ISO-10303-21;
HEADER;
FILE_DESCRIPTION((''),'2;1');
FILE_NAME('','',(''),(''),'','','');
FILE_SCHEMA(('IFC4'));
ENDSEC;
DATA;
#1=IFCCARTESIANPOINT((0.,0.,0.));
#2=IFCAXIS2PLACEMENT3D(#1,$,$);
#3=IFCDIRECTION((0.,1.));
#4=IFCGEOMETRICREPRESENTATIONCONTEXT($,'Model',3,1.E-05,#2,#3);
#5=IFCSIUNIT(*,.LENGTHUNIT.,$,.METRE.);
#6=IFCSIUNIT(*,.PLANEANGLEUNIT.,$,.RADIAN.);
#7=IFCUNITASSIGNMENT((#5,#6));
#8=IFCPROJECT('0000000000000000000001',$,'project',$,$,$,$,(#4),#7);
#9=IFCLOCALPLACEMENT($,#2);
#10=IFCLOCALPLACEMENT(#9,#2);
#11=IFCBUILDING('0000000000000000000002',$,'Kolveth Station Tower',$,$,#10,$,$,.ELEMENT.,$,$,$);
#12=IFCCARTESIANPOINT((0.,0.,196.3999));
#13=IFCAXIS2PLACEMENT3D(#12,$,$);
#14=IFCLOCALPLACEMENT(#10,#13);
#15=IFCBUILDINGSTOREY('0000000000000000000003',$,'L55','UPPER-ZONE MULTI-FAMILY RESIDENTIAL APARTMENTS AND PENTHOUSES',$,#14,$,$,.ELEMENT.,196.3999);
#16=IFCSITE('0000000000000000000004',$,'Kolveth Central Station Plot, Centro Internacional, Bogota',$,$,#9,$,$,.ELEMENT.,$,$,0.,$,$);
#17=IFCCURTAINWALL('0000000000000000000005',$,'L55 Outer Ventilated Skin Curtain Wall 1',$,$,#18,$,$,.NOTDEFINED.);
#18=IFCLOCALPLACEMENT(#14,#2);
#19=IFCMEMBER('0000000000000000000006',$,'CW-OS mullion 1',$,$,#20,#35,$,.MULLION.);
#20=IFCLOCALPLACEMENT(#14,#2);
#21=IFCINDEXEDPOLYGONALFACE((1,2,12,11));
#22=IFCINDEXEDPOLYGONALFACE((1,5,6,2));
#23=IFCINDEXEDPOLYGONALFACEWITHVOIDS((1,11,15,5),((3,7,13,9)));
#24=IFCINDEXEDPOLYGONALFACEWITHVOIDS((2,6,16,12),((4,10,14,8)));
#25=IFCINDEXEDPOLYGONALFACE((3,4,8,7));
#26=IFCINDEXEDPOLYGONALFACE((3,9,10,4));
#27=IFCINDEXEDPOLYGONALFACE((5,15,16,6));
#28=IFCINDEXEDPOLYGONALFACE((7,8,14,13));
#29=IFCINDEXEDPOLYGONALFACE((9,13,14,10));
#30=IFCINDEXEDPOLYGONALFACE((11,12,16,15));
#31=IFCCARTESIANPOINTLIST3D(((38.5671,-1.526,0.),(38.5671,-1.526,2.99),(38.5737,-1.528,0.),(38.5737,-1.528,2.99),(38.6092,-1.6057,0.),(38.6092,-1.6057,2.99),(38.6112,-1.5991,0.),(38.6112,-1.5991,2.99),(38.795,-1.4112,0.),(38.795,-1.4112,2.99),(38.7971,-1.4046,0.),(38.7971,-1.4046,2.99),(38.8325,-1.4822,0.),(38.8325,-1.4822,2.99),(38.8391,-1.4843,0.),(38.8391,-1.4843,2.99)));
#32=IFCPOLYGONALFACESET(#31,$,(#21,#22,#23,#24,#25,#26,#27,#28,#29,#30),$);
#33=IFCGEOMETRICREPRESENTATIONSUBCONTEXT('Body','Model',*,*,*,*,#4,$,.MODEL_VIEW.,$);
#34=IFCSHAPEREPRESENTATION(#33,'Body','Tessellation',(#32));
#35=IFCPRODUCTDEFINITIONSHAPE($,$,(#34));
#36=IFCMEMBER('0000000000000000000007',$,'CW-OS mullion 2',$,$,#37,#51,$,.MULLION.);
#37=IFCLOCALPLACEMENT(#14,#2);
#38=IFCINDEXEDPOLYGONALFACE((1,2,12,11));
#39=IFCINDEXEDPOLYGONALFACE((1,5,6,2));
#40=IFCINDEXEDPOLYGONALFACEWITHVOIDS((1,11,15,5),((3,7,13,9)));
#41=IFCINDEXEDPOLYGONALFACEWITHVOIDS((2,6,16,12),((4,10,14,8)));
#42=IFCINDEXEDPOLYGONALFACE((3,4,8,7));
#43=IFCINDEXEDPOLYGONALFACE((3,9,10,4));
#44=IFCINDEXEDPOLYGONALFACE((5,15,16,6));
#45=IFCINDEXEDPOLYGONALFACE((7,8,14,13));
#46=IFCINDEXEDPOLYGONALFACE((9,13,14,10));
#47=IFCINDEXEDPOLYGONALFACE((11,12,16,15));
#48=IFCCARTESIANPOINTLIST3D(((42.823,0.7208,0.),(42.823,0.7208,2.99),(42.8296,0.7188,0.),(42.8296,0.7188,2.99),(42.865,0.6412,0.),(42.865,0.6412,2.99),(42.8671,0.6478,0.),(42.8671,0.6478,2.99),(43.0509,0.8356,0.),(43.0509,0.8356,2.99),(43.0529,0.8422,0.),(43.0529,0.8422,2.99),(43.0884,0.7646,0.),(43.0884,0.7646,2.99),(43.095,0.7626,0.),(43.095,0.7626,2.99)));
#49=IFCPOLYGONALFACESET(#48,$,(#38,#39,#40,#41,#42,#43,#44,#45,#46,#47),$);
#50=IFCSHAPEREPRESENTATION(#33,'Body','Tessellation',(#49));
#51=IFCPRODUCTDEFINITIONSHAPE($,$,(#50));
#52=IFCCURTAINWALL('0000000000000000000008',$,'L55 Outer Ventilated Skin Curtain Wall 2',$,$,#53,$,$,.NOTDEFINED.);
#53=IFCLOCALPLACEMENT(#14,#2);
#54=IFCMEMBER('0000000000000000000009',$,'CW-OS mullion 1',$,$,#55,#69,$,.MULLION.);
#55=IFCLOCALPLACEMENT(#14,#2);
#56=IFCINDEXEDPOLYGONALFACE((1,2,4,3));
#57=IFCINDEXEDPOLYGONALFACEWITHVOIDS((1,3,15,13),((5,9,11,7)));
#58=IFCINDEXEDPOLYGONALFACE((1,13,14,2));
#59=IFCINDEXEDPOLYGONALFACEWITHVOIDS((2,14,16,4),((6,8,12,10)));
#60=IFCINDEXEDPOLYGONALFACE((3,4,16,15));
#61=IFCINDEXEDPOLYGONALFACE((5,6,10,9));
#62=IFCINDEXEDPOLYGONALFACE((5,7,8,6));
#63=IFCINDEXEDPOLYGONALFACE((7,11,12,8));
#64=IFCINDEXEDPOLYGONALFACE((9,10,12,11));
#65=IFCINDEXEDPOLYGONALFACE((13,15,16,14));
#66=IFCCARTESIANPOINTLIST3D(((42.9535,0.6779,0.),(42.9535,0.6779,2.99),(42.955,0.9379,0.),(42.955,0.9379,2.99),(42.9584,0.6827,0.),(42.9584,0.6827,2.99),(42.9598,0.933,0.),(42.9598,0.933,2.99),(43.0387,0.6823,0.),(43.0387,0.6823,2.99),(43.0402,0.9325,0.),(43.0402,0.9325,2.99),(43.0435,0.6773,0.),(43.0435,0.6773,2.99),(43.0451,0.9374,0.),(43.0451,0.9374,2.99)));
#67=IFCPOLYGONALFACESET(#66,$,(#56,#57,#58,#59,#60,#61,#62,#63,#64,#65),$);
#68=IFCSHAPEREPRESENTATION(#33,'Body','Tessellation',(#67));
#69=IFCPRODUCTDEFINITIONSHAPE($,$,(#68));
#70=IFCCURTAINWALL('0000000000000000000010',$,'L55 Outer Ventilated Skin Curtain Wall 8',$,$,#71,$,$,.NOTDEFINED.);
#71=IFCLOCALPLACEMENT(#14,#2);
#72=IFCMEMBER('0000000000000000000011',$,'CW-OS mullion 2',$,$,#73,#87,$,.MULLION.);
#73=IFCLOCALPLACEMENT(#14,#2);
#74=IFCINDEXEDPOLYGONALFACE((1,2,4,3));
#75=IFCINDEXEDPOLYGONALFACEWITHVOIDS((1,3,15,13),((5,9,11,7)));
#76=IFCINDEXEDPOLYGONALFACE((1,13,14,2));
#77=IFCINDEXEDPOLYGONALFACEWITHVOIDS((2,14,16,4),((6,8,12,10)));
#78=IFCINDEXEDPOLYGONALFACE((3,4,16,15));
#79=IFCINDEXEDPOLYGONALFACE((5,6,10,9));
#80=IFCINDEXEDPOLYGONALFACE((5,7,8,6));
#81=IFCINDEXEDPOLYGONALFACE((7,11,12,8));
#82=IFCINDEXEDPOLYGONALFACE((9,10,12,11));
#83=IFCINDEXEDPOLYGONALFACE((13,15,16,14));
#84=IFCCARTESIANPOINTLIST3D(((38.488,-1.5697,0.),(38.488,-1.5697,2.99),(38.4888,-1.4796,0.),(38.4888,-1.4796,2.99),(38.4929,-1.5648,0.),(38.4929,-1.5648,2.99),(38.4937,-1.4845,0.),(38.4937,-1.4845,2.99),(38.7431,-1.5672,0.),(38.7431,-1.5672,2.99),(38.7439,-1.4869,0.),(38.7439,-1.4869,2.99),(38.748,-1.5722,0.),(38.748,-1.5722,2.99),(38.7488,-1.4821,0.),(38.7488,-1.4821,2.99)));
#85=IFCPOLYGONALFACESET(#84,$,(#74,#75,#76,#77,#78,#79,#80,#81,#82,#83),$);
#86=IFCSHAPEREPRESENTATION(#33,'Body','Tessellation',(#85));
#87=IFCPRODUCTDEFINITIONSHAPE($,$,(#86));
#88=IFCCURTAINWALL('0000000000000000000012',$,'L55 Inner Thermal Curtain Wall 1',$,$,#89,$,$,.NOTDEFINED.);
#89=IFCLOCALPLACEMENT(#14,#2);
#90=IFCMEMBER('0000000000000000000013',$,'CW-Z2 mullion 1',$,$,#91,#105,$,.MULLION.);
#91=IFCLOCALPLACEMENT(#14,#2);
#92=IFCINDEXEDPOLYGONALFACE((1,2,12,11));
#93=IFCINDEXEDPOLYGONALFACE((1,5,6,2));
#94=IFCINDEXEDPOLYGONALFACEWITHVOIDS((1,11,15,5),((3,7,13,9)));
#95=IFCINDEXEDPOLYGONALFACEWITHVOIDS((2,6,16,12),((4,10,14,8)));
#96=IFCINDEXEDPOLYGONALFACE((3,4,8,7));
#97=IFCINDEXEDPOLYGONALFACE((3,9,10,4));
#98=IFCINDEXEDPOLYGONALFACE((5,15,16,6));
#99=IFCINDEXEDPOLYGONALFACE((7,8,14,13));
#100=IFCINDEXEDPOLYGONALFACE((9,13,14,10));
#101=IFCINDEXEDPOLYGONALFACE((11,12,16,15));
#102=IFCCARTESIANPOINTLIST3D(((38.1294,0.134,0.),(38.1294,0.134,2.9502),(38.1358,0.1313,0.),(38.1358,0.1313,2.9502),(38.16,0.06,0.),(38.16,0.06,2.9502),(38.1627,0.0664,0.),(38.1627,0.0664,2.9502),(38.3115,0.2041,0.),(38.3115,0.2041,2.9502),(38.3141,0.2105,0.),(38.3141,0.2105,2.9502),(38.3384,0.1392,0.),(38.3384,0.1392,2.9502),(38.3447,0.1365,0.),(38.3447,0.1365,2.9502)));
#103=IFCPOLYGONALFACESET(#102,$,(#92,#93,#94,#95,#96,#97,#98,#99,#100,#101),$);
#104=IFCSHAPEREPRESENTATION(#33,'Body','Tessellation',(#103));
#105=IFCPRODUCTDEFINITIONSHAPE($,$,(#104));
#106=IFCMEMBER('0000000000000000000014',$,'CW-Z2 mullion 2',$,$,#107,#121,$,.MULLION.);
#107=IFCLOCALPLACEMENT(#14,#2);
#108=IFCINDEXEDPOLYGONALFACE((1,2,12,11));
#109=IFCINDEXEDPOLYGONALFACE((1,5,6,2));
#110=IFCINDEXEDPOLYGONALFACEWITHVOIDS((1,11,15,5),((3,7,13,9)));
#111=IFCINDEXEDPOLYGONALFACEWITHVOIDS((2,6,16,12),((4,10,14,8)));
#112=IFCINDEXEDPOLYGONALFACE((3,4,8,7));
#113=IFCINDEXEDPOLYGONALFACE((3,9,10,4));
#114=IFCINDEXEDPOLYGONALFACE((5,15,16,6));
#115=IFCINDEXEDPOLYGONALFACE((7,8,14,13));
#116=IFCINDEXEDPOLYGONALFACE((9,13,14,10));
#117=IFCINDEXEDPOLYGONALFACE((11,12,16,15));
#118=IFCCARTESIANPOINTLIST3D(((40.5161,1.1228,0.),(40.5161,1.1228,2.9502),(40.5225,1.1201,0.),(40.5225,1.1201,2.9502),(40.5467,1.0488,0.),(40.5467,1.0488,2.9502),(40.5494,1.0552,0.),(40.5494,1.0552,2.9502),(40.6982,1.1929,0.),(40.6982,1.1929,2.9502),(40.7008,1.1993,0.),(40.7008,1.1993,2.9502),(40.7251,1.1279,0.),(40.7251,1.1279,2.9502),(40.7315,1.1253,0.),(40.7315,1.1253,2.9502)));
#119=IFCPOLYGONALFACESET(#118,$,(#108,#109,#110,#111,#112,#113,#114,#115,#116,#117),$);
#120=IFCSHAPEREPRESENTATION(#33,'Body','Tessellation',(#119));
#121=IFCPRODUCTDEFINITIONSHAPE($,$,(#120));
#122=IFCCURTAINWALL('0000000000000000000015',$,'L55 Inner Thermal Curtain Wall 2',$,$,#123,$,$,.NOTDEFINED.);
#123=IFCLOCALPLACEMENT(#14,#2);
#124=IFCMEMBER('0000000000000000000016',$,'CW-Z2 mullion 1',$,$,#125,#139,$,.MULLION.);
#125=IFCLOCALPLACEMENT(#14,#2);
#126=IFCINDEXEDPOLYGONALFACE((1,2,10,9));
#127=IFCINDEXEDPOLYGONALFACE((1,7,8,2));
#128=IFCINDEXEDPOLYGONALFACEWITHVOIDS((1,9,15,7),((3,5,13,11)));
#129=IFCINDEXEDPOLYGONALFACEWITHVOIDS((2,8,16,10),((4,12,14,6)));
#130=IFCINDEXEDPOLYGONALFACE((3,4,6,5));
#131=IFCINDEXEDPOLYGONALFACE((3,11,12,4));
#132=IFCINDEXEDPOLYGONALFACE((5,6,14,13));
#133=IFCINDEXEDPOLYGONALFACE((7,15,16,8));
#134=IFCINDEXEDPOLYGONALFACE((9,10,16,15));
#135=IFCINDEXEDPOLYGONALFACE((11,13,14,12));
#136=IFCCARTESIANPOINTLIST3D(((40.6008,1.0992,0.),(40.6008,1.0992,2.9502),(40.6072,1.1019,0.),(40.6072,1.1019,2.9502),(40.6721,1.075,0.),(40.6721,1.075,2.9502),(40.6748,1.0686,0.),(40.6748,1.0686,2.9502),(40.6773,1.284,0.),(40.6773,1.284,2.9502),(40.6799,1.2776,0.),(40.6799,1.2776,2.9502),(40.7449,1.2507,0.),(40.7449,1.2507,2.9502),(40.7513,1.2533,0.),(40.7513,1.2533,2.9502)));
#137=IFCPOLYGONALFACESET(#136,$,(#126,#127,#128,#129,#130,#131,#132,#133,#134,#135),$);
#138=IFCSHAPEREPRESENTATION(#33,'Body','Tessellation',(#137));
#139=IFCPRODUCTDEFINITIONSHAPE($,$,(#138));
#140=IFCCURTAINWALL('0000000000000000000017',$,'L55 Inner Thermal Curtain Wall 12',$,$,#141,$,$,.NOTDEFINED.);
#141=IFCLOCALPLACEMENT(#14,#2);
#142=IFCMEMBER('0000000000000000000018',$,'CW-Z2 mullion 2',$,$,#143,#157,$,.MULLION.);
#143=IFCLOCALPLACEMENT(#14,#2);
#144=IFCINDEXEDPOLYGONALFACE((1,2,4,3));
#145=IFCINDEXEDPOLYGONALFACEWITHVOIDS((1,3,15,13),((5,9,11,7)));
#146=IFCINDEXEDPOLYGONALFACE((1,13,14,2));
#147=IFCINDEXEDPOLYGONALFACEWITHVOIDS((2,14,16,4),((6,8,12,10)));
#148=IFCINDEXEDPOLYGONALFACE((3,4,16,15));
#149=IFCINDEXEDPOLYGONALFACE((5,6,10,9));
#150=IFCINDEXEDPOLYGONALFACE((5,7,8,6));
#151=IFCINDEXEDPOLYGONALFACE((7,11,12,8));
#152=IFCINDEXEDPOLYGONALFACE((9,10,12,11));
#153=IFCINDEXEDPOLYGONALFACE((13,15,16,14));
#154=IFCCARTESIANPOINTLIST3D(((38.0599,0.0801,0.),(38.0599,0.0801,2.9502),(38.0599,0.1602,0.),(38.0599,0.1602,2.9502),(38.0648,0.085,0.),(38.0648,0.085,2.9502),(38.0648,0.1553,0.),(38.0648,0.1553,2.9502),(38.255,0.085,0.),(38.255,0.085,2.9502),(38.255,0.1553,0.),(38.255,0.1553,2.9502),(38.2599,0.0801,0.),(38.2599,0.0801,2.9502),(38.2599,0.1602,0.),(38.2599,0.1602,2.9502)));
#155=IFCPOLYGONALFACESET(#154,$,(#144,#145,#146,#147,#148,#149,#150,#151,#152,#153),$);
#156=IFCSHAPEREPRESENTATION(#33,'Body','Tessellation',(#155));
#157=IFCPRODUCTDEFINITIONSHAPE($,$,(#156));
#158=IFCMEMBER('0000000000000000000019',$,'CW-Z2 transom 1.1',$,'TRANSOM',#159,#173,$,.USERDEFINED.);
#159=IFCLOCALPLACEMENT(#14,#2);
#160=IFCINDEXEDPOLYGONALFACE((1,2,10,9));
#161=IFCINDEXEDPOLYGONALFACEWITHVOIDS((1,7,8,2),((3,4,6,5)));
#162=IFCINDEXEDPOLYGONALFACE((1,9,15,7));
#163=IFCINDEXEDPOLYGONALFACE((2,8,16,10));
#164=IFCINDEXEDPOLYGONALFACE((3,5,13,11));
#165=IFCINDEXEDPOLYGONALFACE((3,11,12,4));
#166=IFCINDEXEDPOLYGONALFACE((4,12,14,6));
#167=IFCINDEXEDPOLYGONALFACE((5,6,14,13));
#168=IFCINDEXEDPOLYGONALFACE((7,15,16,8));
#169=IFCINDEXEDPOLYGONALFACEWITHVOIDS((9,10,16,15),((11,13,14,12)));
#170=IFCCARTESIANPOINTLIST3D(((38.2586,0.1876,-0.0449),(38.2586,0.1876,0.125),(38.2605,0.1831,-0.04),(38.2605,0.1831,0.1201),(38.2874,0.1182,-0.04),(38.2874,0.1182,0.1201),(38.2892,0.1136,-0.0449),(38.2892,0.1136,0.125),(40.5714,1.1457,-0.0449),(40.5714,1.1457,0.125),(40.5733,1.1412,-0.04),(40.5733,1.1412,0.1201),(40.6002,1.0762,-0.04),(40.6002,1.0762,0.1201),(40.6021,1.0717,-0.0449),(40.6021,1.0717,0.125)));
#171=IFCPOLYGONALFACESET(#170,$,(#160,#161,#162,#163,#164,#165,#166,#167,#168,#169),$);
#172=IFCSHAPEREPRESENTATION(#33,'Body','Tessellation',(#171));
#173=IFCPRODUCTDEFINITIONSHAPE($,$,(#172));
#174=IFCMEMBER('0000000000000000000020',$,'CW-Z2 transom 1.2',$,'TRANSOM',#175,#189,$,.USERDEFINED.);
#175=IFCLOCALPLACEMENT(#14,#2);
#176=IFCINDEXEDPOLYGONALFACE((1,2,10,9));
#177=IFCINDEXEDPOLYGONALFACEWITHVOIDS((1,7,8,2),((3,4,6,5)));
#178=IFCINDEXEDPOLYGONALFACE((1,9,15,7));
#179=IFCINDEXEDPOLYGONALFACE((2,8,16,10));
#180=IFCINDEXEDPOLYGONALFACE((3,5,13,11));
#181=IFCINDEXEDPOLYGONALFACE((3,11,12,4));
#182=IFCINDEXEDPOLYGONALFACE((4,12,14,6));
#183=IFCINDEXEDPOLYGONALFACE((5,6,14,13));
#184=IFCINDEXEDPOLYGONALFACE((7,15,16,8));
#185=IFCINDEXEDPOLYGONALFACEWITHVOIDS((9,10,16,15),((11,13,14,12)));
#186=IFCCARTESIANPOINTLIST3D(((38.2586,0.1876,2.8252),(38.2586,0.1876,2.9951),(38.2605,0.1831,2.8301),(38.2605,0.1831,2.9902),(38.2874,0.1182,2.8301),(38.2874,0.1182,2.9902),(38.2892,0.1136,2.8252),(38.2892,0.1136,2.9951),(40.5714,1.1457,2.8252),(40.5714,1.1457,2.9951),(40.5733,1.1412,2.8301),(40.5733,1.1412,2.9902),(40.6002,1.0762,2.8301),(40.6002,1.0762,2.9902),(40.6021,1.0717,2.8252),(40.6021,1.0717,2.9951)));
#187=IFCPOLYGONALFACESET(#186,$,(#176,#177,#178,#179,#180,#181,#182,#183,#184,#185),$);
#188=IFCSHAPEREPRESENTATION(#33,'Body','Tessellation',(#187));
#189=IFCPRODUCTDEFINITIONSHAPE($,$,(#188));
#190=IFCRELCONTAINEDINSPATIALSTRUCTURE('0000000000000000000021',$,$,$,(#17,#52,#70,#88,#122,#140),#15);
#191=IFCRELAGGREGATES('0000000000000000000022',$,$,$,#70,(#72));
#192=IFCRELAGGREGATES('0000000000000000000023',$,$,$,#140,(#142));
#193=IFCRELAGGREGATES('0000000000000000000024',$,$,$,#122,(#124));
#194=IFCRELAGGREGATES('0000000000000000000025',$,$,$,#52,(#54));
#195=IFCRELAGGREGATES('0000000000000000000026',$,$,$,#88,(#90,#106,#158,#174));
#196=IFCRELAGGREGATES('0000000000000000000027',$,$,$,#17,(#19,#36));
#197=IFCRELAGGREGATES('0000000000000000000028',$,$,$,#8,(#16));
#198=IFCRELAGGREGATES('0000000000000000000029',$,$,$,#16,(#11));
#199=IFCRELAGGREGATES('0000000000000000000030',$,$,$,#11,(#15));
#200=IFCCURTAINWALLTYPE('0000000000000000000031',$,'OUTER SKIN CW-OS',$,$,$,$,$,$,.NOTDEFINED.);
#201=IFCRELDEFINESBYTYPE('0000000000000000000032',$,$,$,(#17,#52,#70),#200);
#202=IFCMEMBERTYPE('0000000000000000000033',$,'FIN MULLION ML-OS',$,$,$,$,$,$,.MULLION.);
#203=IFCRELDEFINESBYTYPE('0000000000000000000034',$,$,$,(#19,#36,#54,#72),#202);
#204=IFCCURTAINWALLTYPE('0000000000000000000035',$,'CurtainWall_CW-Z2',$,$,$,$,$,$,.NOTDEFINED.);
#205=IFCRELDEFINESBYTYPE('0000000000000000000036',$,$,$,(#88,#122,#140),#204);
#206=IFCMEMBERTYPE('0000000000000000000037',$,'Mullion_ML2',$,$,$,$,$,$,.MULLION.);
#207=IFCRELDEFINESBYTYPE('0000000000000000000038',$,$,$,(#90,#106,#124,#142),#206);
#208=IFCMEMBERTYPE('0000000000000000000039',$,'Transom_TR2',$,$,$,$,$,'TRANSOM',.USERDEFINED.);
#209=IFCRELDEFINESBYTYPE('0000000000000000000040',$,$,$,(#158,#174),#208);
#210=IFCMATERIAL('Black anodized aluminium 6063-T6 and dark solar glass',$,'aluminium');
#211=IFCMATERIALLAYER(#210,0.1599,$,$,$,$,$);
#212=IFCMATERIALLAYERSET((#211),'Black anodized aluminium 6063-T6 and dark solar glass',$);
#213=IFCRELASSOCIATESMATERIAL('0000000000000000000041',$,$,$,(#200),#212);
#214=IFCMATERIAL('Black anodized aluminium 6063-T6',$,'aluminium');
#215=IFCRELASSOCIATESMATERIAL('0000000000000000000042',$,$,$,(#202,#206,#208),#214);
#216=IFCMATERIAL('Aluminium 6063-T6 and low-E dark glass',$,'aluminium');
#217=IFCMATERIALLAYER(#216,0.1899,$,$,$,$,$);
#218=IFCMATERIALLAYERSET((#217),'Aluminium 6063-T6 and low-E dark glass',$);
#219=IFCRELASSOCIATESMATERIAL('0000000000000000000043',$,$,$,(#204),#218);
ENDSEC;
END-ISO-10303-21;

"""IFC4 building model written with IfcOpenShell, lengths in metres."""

from ifc_helpers import new_model, si_unit, direction, frame, origin, origin_2d, place, context, subcontext, project, spatial, hollow_rectangle, extrude, source, transform, mapped, material, layer, layer_set, material_profile, profile_set, type_object, element, aggregate, save


model = new_model("IFC4")

# Units and contexts
model_context = context("Model", 3, precision=1e-05, world=origin(), true_north=direction((0.0, 1.0)))
body_context = subcontext(model_context, "Body", "Model", "MODEL_VIEW")
ifc_project = project(units=[si_unit("LENGTHUNIT", "METRE"), si_unit("PLANEANGLEUNIT", "RADIAN")], contexts=[model_context])

# Site, building, storey
site_placement = place(None, origin())
site = spatial("IfcSite", under=ifc_project, at=site_placement, Name="Kolveth Central Station Plot, Centro Internacional, Bogota", CompositionType="ELEMENT", RefElevation=0.0)
building_placement = place(site_placement, origin())
building = spatial("IfcBuilding", under=site, at=building_placement, Name="Kolveth Station Tower", CompositionType="ELEMENT")
storey_placement = place(building_placement, frame((0.0, 0.0, 196.3999)))
storey = spatial("IfcBuildingStorey", under=building, at=storey_placement, Name="L55", Description="UPPER-ZONE MULTI-FAMILY RESIDENTIAL APARTMENTS AND PENTHOUSES", CompositionType="ELEMENT", Elevation=196.3999)

# Curtain wall, members
ifc_material_1 = material(Name="Black anodized aluminium 6063-T6 and dark solar glass", Category="aluminium")
ifc_layer_1 = layer(ifc_material_1, 0.1599)
ifc_layer_set_1 = layer_set([ifc_layer_1], Name="Black anodized aluminium 6063-T6 and dark solar glass")
curtain_wall_type_1 = type_object("IfcCurtainWallType", Name="OUTER SKIN CW-OS", PredefinedType="NOTDEFINED", material=ifc_layer_set_1)
curtain_wall_1_placement = place(storey_placement, origin())
curtain_wall_1 = element("IfcCurtainWall", 1, at=curtain_wall_1_placement, inside=storey, type_object=curtain_wall_type_1, Name="L55 Outer Ventilated Skin Curtain Wall 1", PredefinedType="NOTDEFINED")
ifc_material_2 = material(Name="Black anodized aluminium 6063-T6", Category="aluminium")
ifc_material_profile_1 = material_profile(ifc_material_2, hollow_rectangle(XDim=0.0901, YDim=0.26, WallThickness=0.0049, at=origin_2d()), Name="ALU-90x260x5")
ifc_profile_set_1 = profile_set([ifc_material_profile_1], Name="Black anodized aluminium 6063-T6")
member_type_1 = type_object("IfcMemberType", Name="FIN MULLION ML-OS", PredefinedType="MULLION", material=ifc_profile_set_1)
shared_shape_1 = source(origin(), body_context, "Body", "SweptSolid", [
    extrude(hollow_rectangle(XDim=0.0901, YDim=0.26, WallThickness=0.0049, at=origin_2d()), origin(), (0.0, 0.0, 1.0), 2.99),
])
member_1_placement = place(storey_placement, frame((38.7031, -1.5051, 0.0), z_axis=(0.0, 0.0, 1.0), x_axis=(-0.466849, 0.884337, 0.0)))
member_1 = element("IfcMember", 2, at=member_1_placement, type_object=member_type_1, Name="CW-OS mullion 1", PredefinedType="MULLION", context=body_context, shape_type="MappedRepresentation", body=[
    mapped(shared_shape_1, transform((0.0, 0.0, 0.0), x_axis=(1.0, 0.0, 0.0), y_axis=(0.0, 1.0, 0.0), z_axis=(0.0, 0.0, 1.0), scale=1.0)),
])
member_2_placement = place(storey_placement, frame((42.959, 0.7417, 0.0), z_axis=(0.0, 0.0, 1.0), x_axis=(-0.466849, 0.884337, 0.0)))
member_2 = element("IfcMember", 3, at=member_2_placement, type_object=member_type_1, Name="CW-OS mullion 2", PredefinedType="MULLION", context=body_context, shape_type="MappedRepresentation", body=[
    mapped(shared_shape_1, transform((0.0, 0.0, 0.0), x_axis=(1.0, 0.0, 0.0), y_axis=(0.0, 1.0, 0.0), z_axis=(0.0, 0.0, 1.0), scale=1.0)),
])

# Curtain walls, members
curtain_wall_2_placement = place(storey_placement, origin())
curtain_wall_2 = element("IfcCurtainWall", 4, at=curtain_wall_2_placement, inside=storey, type_object=curtain_wall_type_1, Name="L55 Outer Ventilated Skin Curtain Wall 2", PredefinedType="NOTDEFINED")
member_3_placement = place(storey_placement, frame((42.9993, 0.8076, 0.0), z_axis=(0.0, 0.0, 1.0), x_axis=(-0.999983, 0.005901, 0.0)))
member_3 = element("IfcMember", 5, at=member_3_placement, type_object=member_type_1, Name="CW-OS mullion 1", PredefinedType="MULLION", context=body_context, shape_type="MappedRepresentation", body=[
    mapped(shared_shape_1, transform((0.0, 0.0, 0.0), x_axis=(1.0, 0.0, 0.0), y_axis=(0.0, 1.0, 0.0), z_axis=(0.0, 0.0, 1.0), scale=1.0)),
])
curtain_wall_3_placement = place(storey_placement, origin())
curtain_wall_3 = element("IfcCurtainWall", 6, at=curtain_wall_3_placement, inside=storey, type_object=curtain_wall_type_1, Name="L55 Outer Ventilated Skin Curtain Wall 8", PredefinedType="NOTDEFINED")
member_4_placement = place(storey_placement, frame((38.6184, -1.5259, 0.0), z_axis=(0.0, 0.0, 1.0), x_axis=(0.009569, 0.999954, 0.0)))
member_4 = element("IfcMember", 7, at=member_4_placement, type_object=member_type_1, Name="CW-OS mullion 2", PredefinedType="MULLION", context=body_context, shape_type="MappedRepresentation", body=[
    mapped(shared_shape_1, transform((0.0, 0.0, 0.0), x_axis=(1.0, 0.0, 0.0), y_axis=(0.0, 1.0, 0.0), z_axis=(0.0, 0.0, 1.0), scale=1.0)),
])
aggregate(curtain_wall_3, [member_4])

# Curtain wall, members
ifc_material_3 = material(Name="Aluminium 6063-T6 and low-E dark glass", Category="aluminium")
ifc_layer_2 = layer(ifc_material_3, 0.1899)
ifc_layer_set_2 = layer_set([ifc_layer_2], Name="Aluminium 6063-T6 and low-E dark glass")
curtain_wall_type_2 = type_object("IfcCurtainWallType", Name="CurtainWall_CW-Z2", PredefinedType="NOTDEFINED", material=ifc_layer_set_2)
curtain_wall_4_placement = place(storey_placement, origin())
curtain_wall_4 = element("IfcCurtainWall", 8, at=curtain_wall_4_placement, inside=storey, type_object=curtain_wall_type_2, Name="L55 Inner Thermal Curtain Wall 1", PredefinedType="NOTDEFINED")
ifc_material_profile_2 = material_profile(ifc_material_2, hollow_rectangle(XDim=0.0801, YDim=0.2, WallThickness=0.0049, at=origin_2d()), Name="ALU-80x200x5")
ifc_profile_set_2 = profile_set([ifc_material_profile_2], Name="Black anodized aluminium 6063-T6")
member_type_2 = type_object("IfcMemberType", Name="Mullion_ML2", PredefinedType="MULLION", material=ifc_profile_set_2)
shared_shape_2 = source(origin(), body_context, "Body", "SweptSolid", [
    extrude(hollow_rectangle(XDim=0.0801, YDim=0.2, WallThickness=0.0049, at=origin_2d()), origin(), (0.0, 0.0, 1.0), 2.9502),
])
member_5_placement = place(storey_placement, frame((38.2371, 0.1353, 0.0), z_axis=(0.0, 0.0, 1.0), x_axis=(-0.382698, 0.923874, 0.0)))
member_5 = element("IfcMember", 9, at=member_5_placement, type_object=member_type_2, Name="CW-Z2 mullion 1", PredefinedType="MULLION", context=body_context, shape_type="MappedRepresentation", body=[
    mapped(shared_shape_2, transform((0.0, 0.0, 0.0), x_axis=(1.0, 0.0, 0.0), y_axis=(0.0, 1.0, 0.0), z_axis=(0.0, 0.0, 1.0), scale=1.0)),
])
member_6_placement = place(storey_placement, frame((40.6238, 1.124, 0.0), z_axis=(0.0, 0.0, 1.0), x_axis=(-0.382698, 0.923874, 0.0)))
member_6 = element("IfcMember", 10, at=member_6_placement, type_object=member_type_2, Name="CW-Z2 mullion 2", PredefinedType="MULLION", context=body_context, shape_type="MappedRepresentation", body=[
    mapped(shared_shape_2, transform((0.0, 0.0, 0.0), x_axis=(1.0, 0.0, 0.0), y_axis=(0.0, 1.0, 0.0), z_axis=(0.0, 0.0, 1.0), scale=1.0)),
])

# Curtain walls, members
curtain_wall_5_placement = place(storey_placement, origin())
curtain_wall_5 = element("IfcCurtainWall", 11, at=curtain_wall_5_placement, inside=storey, type_object=curtain_wall_type_2, Name="L55 Inner Thermal Curtain Wall 2", PredefinedType="NOTDEFINED")
member_7_placement = place(storey_placement, frame((40.676, 1.1763, 0.0), z_axis=(0.0, 0.0, 1.0), x_axis=(-0.923874, 0.382698, 0.0)))
member_7 = element("IfcMember", 12, at=member_7_placement, type_object=member_type_2, Name="CW-Z2 mullion 1", PredefinedType="MULLION", context=body_context, shape_type="MappedRepresentation", body=[
    mapped(shared_shape_2, transform((0.0, 0.0, 0.0), x_axis=(1.0, 0.0, 0.0), y_axis=(0.0, 1.0, 0.0), z_axis=(0.0, 0.0, 1.0), scale=1.0)),
])
curtain_wall_6_placement = place(storey_placement, origin())
curtain_wall_6 = element("IfcCurtainWall", 13, at=curtain_wall_6_placement, inside=storey, type_object=curtain_wall_type_2, Name="L55 Inner Thermal Curtain Wall 12", PredefinedType="NOTDEFINED")
member_8_placement = place(storey_placement, frame((38.1599, 0.1201, 0.0), z_axis=(0.0, 0.0, 1.0), x_axis=(0.0, 1.0, 0.0)))
member_8 = element("IfcMember", 14, at=member_8_placement, type_object=member_type_2, Name="CW-Z2 mullion 2", PredefinedType="MULLION", context=body_context, shape_type="MappedRepresentation", body=[
    mapped(shared_shape_2, transform((0.0, 0.0, 0.0), x_axis=(1.0, 0.0, 0.0), y_axis=(0.0, 1.0, 0.0), z_axis=(0.0, 0.0, 1.0), scale=1.0)),
])
aggregate(curtain_wall_6, [member_8])

# Members
ifc_material_profile_3 = material_profile(ifc_material_2, hollow_rectangle(XDim=0.0801, YDim=0.1699, WallThickness=0.0049, at=origin_2d()), Name="ALU-80x170x5")
ifc_profile_set_3 = profile_set([ifc_material_profile_3], Name="Black anodized aluminium 6063-T6")
member_type_3 = type_object("IfcMemberType", Name="Transom_TR2", ElementType="TRANSOM", PredefinedType="USERDEFINED", material=ifc_profile_set_3)
shared_shape_3 = source(origin(), body_context, "Body", "SweptSolid", [
    extrude(hollow_rectangle(XDim=0.0801, YDim=0.1699, WallThickness=0.0049, at=origin_2d()), origin(), (0.0, 0.0, 1.0), 2.5034),
])
member_9_placement = place(storey_placement, frame((38.2739, 0.1506, 0.04), z_axis=(0.923874, 0.382696, 0.0), x_axis=(-0.382696, 0.923874, 0.0)))
member_9 = element("IfcMember", 15, at=member_9_placement, type_object=member_type_3, Name="CW-Z2 transom 1.1", ObjectType="TRANSOM", PredefinedType="USERDEFINED", context=body_context, shape_type="MappedRepresentation", body=[
    mapped(shared_shape_3, transform((0.0, 0.0, 0.0), x_axis=(1.0, 0.0, 0.0), y_axis=(0.0, 1.0, 0.0), z_axis=(0.0, 0.0, 1.0), scale=1.0)),
])
member_10_placement = place(storey_placement, frame((38.2739, 0.1506, 2.9102), z_axis=(0.923874, 0.382696, 0.0), x_axis=(-0.382696, 0.923874, 0.0)))
member_10 = element("IfcMember", 16, at=member_10_placement, type_object=member_type_3, Name="CW-Z2 transom 1.2", ObjectType="TRANSOM", PredefinedType="USERDEFINED", context=body_context, shape_type="MappedRepresentation", body=[
    mapped(shared_shape_3, transform((0.0, 0.0, 0.0), x_axis=(1.0, 0.0, 0.0), y_axis=(0.0, 1.0, 0.0), z_axis=(0.0, 0.0, 1.0), scale=1.0)),
])
aggregate(curtain_wall_5, [member_7])
aggregate(curtain_wall_2, [member_3])

aggregate(curtain_wall_4, [member_5, member_6, member_9, member_10])
aggregate(curtain_wall_1, [member_1, member_2])

save(model, "model.ifc")
